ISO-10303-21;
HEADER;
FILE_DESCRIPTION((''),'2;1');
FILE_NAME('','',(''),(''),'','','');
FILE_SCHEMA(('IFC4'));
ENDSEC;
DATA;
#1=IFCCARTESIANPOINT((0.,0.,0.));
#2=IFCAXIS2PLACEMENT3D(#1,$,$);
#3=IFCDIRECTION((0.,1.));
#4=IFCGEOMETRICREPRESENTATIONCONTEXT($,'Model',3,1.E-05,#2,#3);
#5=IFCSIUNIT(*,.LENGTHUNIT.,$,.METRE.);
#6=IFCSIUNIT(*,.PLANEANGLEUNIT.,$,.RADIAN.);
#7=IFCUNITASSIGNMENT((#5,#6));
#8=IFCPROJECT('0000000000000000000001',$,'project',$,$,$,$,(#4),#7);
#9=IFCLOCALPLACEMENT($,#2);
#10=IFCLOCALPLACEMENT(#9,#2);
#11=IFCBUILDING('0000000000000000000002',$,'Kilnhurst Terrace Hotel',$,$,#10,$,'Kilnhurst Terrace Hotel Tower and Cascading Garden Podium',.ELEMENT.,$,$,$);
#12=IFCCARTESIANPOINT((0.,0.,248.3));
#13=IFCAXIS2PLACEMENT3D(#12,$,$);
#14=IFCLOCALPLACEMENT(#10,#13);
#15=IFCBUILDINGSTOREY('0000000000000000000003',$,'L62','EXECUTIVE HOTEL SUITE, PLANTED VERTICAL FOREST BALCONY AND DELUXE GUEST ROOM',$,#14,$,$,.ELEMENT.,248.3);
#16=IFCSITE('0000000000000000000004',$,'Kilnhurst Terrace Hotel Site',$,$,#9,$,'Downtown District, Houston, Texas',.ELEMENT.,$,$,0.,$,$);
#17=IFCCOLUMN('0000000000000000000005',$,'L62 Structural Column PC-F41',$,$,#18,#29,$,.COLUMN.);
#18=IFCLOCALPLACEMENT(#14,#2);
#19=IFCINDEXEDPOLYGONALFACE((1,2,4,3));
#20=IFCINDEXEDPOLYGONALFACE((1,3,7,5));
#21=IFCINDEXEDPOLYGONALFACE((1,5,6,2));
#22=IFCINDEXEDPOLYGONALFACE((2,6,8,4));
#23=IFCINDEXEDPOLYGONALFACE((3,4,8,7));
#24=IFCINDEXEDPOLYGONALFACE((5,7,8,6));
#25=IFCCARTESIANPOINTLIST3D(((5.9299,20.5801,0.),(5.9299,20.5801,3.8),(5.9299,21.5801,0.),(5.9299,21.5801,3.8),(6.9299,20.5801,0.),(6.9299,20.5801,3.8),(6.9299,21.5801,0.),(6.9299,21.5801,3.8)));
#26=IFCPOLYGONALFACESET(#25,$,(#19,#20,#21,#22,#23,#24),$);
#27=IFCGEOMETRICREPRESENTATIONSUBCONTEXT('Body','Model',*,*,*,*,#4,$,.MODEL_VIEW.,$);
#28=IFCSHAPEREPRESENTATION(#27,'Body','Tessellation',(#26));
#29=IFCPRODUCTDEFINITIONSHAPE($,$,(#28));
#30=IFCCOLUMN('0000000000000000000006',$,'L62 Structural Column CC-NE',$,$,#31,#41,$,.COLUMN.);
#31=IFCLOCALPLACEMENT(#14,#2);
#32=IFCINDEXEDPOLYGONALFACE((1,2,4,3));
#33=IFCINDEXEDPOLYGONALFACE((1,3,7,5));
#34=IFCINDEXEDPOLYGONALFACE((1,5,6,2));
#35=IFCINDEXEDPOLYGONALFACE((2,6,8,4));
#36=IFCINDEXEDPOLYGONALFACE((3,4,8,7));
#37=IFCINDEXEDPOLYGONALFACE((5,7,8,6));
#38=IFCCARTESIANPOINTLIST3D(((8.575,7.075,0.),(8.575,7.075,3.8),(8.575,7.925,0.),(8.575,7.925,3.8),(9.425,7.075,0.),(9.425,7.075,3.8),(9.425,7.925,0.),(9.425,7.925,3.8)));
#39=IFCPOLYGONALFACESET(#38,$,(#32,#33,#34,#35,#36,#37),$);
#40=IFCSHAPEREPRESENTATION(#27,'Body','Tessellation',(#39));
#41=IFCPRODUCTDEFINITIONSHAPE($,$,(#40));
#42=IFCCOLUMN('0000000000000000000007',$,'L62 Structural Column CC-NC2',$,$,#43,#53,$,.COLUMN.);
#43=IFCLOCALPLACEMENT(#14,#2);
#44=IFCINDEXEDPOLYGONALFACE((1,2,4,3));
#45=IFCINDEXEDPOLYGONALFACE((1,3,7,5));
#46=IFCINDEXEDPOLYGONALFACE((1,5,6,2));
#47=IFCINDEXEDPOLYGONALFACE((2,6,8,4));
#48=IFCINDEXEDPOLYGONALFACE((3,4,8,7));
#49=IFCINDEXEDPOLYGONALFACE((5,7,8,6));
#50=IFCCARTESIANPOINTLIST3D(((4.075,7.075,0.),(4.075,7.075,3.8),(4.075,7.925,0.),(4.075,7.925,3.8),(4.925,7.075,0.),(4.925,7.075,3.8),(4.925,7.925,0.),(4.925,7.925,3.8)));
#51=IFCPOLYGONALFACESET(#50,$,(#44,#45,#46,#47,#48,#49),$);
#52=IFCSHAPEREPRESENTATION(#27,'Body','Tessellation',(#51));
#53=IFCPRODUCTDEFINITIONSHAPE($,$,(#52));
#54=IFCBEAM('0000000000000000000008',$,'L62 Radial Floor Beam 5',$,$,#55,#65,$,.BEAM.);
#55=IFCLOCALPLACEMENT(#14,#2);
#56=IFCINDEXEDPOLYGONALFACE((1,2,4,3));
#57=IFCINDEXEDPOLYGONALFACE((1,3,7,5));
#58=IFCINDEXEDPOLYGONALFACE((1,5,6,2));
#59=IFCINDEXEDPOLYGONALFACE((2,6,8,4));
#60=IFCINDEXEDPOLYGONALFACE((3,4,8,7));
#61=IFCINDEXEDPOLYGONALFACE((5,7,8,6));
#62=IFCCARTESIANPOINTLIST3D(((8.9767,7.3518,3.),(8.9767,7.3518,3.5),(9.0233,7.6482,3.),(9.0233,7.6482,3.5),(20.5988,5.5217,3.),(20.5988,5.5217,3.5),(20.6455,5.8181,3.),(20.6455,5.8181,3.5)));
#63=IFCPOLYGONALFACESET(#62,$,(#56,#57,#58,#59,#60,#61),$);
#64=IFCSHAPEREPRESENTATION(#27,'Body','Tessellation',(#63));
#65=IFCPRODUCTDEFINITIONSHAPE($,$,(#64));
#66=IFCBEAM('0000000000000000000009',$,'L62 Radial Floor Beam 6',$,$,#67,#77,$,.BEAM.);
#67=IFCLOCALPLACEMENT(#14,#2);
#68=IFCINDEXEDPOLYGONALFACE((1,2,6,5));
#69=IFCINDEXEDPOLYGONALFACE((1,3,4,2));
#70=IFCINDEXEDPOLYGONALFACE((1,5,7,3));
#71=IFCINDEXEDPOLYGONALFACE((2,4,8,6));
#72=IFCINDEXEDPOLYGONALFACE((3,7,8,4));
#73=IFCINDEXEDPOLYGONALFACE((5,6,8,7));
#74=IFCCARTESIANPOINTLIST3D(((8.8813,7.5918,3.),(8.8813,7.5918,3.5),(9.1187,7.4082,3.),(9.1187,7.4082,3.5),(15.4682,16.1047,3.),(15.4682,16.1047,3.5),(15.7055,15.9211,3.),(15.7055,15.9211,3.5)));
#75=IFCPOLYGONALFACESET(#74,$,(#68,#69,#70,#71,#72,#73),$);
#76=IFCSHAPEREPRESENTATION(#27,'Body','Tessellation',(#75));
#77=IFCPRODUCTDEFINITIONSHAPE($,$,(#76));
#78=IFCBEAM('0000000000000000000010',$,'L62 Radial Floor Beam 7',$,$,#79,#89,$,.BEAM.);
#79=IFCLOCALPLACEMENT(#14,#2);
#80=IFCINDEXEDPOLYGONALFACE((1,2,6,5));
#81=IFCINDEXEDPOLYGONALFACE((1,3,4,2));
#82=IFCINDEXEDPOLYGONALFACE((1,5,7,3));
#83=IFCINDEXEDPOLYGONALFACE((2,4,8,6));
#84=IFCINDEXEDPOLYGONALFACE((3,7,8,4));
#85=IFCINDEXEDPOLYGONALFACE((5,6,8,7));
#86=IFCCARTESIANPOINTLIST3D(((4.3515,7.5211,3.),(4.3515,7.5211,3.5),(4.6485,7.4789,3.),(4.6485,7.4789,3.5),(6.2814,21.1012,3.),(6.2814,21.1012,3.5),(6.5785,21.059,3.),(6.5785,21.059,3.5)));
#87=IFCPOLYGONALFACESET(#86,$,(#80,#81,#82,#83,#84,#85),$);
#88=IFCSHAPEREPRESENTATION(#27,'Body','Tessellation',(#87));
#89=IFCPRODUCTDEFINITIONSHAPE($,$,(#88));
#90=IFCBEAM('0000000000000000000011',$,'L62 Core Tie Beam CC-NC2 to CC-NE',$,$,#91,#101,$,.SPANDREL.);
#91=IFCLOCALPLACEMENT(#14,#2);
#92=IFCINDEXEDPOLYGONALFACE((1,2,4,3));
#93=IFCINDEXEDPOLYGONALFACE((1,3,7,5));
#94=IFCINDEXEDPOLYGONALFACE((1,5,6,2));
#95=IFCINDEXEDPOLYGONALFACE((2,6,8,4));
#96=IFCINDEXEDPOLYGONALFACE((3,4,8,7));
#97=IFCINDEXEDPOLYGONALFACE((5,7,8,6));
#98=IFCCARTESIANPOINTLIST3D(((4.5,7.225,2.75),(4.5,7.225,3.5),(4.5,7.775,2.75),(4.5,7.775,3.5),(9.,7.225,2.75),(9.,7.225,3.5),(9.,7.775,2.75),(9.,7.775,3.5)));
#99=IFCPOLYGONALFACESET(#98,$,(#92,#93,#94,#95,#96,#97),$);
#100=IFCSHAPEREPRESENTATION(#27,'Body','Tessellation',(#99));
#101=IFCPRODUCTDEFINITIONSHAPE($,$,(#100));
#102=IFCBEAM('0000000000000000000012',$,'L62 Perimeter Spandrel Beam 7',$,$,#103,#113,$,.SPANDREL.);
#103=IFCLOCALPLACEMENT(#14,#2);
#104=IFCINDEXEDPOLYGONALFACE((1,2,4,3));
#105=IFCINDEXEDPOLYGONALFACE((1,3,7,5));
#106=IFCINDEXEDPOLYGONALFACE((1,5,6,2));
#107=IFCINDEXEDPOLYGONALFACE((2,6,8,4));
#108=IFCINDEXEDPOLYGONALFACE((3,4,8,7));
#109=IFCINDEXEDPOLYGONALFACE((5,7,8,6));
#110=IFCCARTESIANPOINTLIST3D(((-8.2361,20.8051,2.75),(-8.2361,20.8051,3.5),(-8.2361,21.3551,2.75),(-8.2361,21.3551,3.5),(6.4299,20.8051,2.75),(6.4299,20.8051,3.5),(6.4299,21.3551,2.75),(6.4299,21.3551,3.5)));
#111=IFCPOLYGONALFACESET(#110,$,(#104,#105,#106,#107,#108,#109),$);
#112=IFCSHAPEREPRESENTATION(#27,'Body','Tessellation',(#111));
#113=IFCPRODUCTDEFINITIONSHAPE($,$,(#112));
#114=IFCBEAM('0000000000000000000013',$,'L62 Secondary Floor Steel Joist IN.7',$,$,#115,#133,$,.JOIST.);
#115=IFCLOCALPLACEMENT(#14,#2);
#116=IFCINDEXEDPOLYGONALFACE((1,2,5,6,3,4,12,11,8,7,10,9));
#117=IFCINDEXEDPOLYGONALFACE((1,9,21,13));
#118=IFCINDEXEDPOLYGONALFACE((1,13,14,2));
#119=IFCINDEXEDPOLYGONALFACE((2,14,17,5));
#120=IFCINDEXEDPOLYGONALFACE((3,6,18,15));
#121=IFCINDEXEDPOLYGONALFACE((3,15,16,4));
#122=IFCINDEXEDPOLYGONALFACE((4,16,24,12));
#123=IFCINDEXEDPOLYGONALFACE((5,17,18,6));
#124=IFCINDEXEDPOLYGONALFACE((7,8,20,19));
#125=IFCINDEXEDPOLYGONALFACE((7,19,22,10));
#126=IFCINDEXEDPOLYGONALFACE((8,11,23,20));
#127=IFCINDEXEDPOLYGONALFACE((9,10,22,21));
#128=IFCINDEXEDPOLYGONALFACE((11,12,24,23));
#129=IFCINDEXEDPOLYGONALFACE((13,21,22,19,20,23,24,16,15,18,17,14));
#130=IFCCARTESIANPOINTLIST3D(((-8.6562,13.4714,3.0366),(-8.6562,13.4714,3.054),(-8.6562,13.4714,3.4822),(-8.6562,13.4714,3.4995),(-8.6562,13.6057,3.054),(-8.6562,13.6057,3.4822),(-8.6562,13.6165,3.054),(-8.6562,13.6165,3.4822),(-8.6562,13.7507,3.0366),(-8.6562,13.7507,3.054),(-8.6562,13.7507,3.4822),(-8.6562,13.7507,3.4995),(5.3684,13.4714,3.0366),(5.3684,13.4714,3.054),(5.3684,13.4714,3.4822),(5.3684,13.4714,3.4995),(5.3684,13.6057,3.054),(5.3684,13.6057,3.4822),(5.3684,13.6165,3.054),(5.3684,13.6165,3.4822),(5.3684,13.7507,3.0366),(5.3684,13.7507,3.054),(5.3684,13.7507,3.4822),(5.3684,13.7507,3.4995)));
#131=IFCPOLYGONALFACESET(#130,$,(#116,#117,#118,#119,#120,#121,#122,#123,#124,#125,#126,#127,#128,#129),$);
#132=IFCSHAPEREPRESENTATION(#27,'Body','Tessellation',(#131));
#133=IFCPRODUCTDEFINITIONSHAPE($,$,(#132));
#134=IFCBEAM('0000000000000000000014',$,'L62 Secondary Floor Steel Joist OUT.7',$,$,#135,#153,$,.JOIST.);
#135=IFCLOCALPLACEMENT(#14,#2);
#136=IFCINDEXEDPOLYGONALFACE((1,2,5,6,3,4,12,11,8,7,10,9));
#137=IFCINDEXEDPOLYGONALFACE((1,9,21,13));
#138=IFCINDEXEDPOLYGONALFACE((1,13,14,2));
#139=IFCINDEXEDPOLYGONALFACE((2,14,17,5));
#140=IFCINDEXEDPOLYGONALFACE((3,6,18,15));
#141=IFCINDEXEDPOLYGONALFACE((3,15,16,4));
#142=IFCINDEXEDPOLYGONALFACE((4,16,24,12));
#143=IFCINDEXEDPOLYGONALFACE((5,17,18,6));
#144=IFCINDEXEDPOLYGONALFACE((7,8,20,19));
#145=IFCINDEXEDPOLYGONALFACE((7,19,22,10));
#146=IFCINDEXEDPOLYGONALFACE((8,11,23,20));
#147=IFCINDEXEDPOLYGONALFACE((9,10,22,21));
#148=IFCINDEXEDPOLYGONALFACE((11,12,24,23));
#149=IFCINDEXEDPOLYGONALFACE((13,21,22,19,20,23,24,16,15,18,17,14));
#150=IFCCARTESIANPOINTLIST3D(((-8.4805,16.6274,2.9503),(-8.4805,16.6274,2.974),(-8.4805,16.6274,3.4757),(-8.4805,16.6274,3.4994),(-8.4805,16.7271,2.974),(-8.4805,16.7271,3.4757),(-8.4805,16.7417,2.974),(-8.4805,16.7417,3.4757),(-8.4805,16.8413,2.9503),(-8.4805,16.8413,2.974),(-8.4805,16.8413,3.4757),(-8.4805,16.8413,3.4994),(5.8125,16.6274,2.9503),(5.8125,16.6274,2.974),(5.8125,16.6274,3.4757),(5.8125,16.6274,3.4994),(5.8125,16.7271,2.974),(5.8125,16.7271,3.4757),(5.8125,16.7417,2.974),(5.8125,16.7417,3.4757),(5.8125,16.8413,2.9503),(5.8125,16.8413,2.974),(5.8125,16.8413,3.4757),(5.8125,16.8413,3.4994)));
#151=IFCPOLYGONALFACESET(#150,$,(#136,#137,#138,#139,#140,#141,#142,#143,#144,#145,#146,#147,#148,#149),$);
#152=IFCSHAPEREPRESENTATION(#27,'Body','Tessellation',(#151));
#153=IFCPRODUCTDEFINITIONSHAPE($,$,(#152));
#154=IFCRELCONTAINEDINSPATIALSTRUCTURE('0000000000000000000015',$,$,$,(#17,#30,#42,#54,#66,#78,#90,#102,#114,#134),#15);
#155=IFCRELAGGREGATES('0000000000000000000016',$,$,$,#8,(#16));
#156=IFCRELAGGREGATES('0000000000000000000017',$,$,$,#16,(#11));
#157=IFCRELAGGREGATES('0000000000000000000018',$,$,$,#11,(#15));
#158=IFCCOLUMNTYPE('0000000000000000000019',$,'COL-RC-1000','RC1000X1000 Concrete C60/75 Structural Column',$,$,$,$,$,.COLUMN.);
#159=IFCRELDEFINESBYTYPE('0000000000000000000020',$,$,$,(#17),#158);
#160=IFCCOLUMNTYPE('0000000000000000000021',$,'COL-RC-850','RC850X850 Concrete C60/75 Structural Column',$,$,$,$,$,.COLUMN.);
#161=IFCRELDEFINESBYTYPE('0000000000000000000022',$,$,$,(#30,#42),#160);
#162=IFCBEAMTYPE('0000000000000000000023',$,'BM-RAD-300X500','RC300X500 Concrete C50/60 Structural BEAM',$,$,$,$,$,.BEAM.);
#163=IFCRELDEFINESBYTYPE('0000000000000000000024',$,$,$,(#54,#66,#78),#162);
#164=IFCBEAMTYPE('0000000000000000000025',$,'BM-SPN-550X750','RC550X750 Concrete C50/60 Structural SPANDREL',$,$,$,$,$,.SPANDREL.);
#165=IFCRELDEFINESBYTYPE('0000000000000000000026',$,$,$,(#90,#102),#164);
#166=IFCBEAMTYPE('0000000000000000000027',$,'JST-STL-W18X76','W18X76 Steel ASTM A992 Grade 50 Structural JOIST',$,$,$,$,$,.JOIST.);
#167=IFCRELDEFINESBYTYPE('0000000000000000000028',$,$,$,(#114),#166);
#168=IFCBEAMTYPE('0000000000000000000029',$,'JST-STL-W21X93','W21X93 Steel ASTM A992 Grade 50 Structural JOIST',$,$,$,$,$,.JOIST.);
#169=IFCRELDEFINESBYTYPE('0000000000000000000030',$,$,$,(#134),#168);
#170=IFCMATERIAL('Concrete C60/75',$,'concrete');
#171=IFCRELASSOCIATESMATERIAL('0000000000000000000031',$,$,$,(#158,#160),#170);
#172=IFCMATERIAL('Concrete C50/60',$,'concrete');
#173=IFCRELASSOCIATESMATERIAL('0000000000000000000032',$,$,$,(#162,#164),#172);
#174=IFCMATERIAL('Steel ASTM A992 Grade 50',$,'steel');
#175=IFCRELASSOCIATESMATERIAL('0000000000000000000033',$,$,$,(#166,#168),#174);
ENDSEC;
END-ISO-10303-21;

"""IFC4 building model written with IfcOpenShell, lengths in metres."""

from ifc_helpers import new_model, si_unit, direction, frame, origin, origin_2d, place, context, subcontext, project, spatial, rectangle, i_section, extrude, material, material_profile, profile_set, type_object, element, save


model = new_model("IFC4")

# Units and contexts
model_context = context("Model", 3, precision=1e-05, world=origin(), true_north=direction((0.0, 1.0)))
body_context = subcontext(model_context, "Body", "Model", "MODEL_VIEW")
ifc_project = project(units=[si_unit("LENGTHUNIT", "METRE"), si_unit("PLANEANGLEUNIT", "RADIAN")], contexts=[model_context])

# Site, building, storey
site_placement = place(None, origin())
site = spatial("IfcSite", under=ifc_project, at=site_placement, Name="Kilnhurst Terrace Hotel Site", LongName="Downtown District, Houston, Texas", CompositionType="ELEMENT", RefElevation=0.0)
building_placement = place(site_placement, origin())
building = spatial("IfcBuilding", under=site, at=building_placement, Name="Kilnhurst Terrace Hotel", LongName="Kilnhurst Terrace Hotel Tower and Cascading Garden Podium", CompositionType="ELEMENT")
storey_placement = place(building_placement, frame((0.0, 0.0, 248.3)))
storey = spatial("IfcBuildingStorey", under=building, at=storey_placement, Name="L62", Description="EXECUTIVE HOTEL SUITE, PLANTED VERTICAL FOREST BALCONY AND DELUXE GUEST ROOM", CompositionType="ELEMENT", Elevation=248.3)

# Columns
ifc_material_1 = material(Name="Concrete C60/75", Category="concrete")
ifc_material_profile_1 = material_profile(ifc_material_1, rectangle(XDim=1.0, YDim=1.0, at=origin_2d()), Name="RC1000X1000")
ifc_profile_set_1 = profile_set([ifc_material_profile_1], Name="Concrete C60/75")
column_type_1 = type_object("IfcColumnType", Name="COL-RC-1000", Description="RC1000X1000 Concrete C60/75 Structural Column", PredefinedType="COLUMN", material=ifc_profile_set_1)
column_placement = place(storey_placement, frame((6.4299, 21.0801, 0.0), z_axis=(0.0, 0.0, 1.0), x_axis=(1.0, 0.0, 0.0)))
element("IfcColumn", 1, at=column_placement, inside=storey, type_object=column_type_1, Name="L62 Structural Column PC-F41", PredefinedType="COLUMN", context=body_context, shape_type="SweptSolid", body=[
    extrude(rectangle(XDim=1.0, YDim=1.0, at=origin_2d()), origin(), (0.0, 0.0, 1.0), 3.8),
])
ifc_material_profile_2 = material_profile(ifc_material_1, rectangle(XDim=0.8501, YDim=0.8501, at=origin_2d()), Name="RC850X850")
ifc_profile_set_2 = profile_set([ifc_material_profile_2], Name="Concrete C60/75")
column_type_2 = type_object("IfcColumnType", Name="COL-RC-850", Description="RC850X850 Concrete C60/75 Structural Column", PredefinedType="COLUMN", material=ifc_profile_set_2)
for number, where, z_axis, x_axis, name in (
    (2, (9.0, 7.5, 0.0), (0.0, 0.0, 1.0), (1.0, 0.0, 0.0), "L62 Structural Column CC-NE"),
    (3, (4.5, 7.5, 0.0), (0.0, 0.0, 1.0), (1.0, 0.0, 0.0), "L62 Structural Column CC-NC2"),
):
    element("IfcColumn", number, at=place(storey_placement, frame(where, z_axis=z_axis, x_axis=x_axis)), inside=storey, type_object=column_type_2, Name=name, PredefinedType="COLUMN", context=body_context, shape_type="SweptSolid", body=[
        extrude(rectangle(XDim=0.8501, YDim=0.8501, at=origin_2d()), origin(), (0.0, 0.0, 1.0), 3.8),
    ])

# Beams
ifc_material_2 = material(Name="Concrete C50/60", Category="concrete")
ifc_material_profile_3 = material_profile(ifc_material_2, rectangle(XDim=0.3, YDim=0.5, at=origin_2d()), Name="RC300X500")
ifc_profile_set_3 = profile_set([ifc_material_profile_3], Name="Concrete C50/60")
beam_type_1 = type_object("IfcBeamType", Name="BM-RAD-300X500", Description="RC300X500 Concrete C50/60 Structural BEAM", PredefinedType="BEAM", material=ifc_profile_set_3)
beam_1_placement = place(storey_placement, frame((9.0, 7.5, 3.25), z_axis=(0.987828, -0.155549, 0.0), x_axis=(0.155549, 0.987828, 0.0)))
element("IfcBeam", 4, at=beam_1_placement, inside=storey, type_object=beam_type_1, Name="L62 Radial Floor Beam 5", PredefinedType="BEAM", context=body_context, shape_type="SweptSolid", body=[
    extrude(rectangle(XDim=0.3, YDim=0.5, at=origin_2d()), origin(), (0.0, 0.0, 1.0), 11.7654),
])
beam_2_placement = place(storey_placement, frame((9.0, 7.5, 3.25), z_axis=(0.611955, 0.790892, 0.0), x_axis=(-0.790892, 0.611955, 0.0)))
element("IfcBeam", 5, at=beam_2_placement, inside=storey, type_object=beam_type_1, Name="L62 Radial Floor Beam 6", PredefinedType="BEAM", context=body_context, shape_type="SweptSolid", body=[
    extrude(rectangle(XDim=0.3, YDim=0.5, at=origin_2d()), origin(), (0.0, 0.0, 1.0), 10.7637),
])
beam_3_placement = place(storey_placement, frame((4.5, 7.5, 3.25), z_axis=(0.140701, 0.990052, 0.0), x_axis=(-0.990052, 0.140701, 0.0)))
element("IfcBeam", 6, at=beam_3_placement, inside=storey, type_object=beam_type_1, Name="L62 Radial Floor Beam 7", PredefinedType="BEAM", context=body_context, shape_type="SweptSolid", body=[
    extrude(rectangle(XDim=0.3, YDim=0.5, at=origin_2d()), origin(), (0.0, 0.0, 1.0), 13.7166),
])
ifc_material_profile_4 = material_profile(ifc_material_2, rectangle(XDim=0.55, YDim=0.75, at=origin_2d()), Name="RC550X750")
ifc_profile_set_4 = profile_set([ifc_material_profile_4], Name="Concrete C50/60")
beam_type_2 = type_object("IfcBeamType", Name="BM-SPN-550X750", Description="RC550X750 Concrete C50/60 Structural SPANDREL", PredefinedType="SPANDREL", material=ifc_profile_set_4)
beam_4_placement = place(storey_placement, frame((4.5, 7.5, 3.125), z_axis=(1.0, 0.0, 0.0), x_axis=(0.0, 1.0, 0.0)))
element("IfcBeam", 7, at=beam_4_placement, inside=storey, type_object=beam_type_2, Name="L62 Core Tie Beam CC-NC2 to CC-NE", PredefinedType="SPANDREL", context=body_context, shape_type="SweptSolid", body=[
    extrude(rectangle(XDim=0.55, YDim=0.75, at=origin_2d()), origin(), (0.0, 0.0, 1.0), 4.5),
])
beam_5_placement = place(storey_placement, frame((6.4299, 21.0801, 3.125), z_axis=(-1.0, 0.0, 0.0), x_axis=(0.0, -1.0, 0.0)))
element("IfcBeam", 8, at=beam_5_placement, inside=storey, type_object=beam_type_2, Name="L62 Perimeter Spandrel Beam 7", PredefinedType="SPANDREL", context=body_context, shape_type="SweptSolid", body=[
    extrude(rectangle(XDim=0.55, YDim=0.75, at=origin_2d()), origin(), (0.0, 0.0, 1.0), 14.666),
])
ifc_material_3 = material(Name="Steel ASTM A992 Grade 50", Category="steel")
ifc_material_profile_5 = material_profile(ifc_material_3, i_section(OverallWidth=0.2793, OverallDepth=0.4629, WebThickness=0.0107, FlangeThickness=0.0173, at=origin_2d()), Name="W18X76")
ifc_profile_set_5 = profile_set([ifc_material_profile_5], Name="Steel ASTM A992 Grade 50")
beam_type_3 = type_object("IfcBeamType", Name="JST-STL-W18X76", Description="W18X76 Steel ASTM A992 Grade 50 Structural JOIST", PredefinedType="JOIST", material=ifc_profile_set_5)
beam_6_placement = place(storey_placement, frame((5.3684, 13.6111, 3.2681), z_axis=(-1.0, 0.0, 0.0), x_axis=(0.0, -1.0, 0.0)))
element("IfcBeam", 9, at=beam_6_placement, inside=storey, type_object=beam_type_3, Name="L62 Secondary Floor Steel Joist IN.7", PredefinedType="JOIST", context=body_context, shape_type="SweptSolid", body=[
    extrude(i_section(OverallWidth=0.2793, OverallDepth=0.4629, WebThickness=0.0107, FlangeThickness=0.0173, at=origin_2d()), origin(), (0.0, 0.0, 1.0), 14.0247),
])
ifc_material_profile_6 = material_profile(ifc_material_3, i_section(OverallWidth=0.2139, OverallDepth=0.5491, WebThickness=0.0146, FlangeThickness=0.0237, at=origin_2d()), Name="W21X93")
ifc_profile_set_6 = profile_set([ifc_material_profile_6], Name="Steel ASTM A992 Grade 50")
beam_type_4 = type_object("IfcBeamType", Name="JST-STL-W21X93", Description="W21X93 Steel ASTM A992 Grade 50 Structural JOIST", PredefinedType="JOIST", material=ifc_profile_set_6)
beam_7_placement = place(storey_placement, frame((5.8125, 16.7344, 3.2249), z_axis=(-1.0, 0.0, 0.0), x_axis=(0.0, -1.0, 0.0)))
element("IfcBeam", 10, at=beam_7_placement, inside=storey, type_object=beam_type_4, Name="L62 Secondary Floor Steel Joist OUT.7", PredefinedType="JOIST", context=body_context, shape_type="SweptSolid", body=[
    extrude(i_section(OverallWidth=0.2139, OverallDepth=0.5491, WebThickness=0.0146, FlangeThickness=0.0237, at=origin_2d()), origin(), (0.0, 0.0, 1.0), 14.293),
])

save(model, "model.ifc")
